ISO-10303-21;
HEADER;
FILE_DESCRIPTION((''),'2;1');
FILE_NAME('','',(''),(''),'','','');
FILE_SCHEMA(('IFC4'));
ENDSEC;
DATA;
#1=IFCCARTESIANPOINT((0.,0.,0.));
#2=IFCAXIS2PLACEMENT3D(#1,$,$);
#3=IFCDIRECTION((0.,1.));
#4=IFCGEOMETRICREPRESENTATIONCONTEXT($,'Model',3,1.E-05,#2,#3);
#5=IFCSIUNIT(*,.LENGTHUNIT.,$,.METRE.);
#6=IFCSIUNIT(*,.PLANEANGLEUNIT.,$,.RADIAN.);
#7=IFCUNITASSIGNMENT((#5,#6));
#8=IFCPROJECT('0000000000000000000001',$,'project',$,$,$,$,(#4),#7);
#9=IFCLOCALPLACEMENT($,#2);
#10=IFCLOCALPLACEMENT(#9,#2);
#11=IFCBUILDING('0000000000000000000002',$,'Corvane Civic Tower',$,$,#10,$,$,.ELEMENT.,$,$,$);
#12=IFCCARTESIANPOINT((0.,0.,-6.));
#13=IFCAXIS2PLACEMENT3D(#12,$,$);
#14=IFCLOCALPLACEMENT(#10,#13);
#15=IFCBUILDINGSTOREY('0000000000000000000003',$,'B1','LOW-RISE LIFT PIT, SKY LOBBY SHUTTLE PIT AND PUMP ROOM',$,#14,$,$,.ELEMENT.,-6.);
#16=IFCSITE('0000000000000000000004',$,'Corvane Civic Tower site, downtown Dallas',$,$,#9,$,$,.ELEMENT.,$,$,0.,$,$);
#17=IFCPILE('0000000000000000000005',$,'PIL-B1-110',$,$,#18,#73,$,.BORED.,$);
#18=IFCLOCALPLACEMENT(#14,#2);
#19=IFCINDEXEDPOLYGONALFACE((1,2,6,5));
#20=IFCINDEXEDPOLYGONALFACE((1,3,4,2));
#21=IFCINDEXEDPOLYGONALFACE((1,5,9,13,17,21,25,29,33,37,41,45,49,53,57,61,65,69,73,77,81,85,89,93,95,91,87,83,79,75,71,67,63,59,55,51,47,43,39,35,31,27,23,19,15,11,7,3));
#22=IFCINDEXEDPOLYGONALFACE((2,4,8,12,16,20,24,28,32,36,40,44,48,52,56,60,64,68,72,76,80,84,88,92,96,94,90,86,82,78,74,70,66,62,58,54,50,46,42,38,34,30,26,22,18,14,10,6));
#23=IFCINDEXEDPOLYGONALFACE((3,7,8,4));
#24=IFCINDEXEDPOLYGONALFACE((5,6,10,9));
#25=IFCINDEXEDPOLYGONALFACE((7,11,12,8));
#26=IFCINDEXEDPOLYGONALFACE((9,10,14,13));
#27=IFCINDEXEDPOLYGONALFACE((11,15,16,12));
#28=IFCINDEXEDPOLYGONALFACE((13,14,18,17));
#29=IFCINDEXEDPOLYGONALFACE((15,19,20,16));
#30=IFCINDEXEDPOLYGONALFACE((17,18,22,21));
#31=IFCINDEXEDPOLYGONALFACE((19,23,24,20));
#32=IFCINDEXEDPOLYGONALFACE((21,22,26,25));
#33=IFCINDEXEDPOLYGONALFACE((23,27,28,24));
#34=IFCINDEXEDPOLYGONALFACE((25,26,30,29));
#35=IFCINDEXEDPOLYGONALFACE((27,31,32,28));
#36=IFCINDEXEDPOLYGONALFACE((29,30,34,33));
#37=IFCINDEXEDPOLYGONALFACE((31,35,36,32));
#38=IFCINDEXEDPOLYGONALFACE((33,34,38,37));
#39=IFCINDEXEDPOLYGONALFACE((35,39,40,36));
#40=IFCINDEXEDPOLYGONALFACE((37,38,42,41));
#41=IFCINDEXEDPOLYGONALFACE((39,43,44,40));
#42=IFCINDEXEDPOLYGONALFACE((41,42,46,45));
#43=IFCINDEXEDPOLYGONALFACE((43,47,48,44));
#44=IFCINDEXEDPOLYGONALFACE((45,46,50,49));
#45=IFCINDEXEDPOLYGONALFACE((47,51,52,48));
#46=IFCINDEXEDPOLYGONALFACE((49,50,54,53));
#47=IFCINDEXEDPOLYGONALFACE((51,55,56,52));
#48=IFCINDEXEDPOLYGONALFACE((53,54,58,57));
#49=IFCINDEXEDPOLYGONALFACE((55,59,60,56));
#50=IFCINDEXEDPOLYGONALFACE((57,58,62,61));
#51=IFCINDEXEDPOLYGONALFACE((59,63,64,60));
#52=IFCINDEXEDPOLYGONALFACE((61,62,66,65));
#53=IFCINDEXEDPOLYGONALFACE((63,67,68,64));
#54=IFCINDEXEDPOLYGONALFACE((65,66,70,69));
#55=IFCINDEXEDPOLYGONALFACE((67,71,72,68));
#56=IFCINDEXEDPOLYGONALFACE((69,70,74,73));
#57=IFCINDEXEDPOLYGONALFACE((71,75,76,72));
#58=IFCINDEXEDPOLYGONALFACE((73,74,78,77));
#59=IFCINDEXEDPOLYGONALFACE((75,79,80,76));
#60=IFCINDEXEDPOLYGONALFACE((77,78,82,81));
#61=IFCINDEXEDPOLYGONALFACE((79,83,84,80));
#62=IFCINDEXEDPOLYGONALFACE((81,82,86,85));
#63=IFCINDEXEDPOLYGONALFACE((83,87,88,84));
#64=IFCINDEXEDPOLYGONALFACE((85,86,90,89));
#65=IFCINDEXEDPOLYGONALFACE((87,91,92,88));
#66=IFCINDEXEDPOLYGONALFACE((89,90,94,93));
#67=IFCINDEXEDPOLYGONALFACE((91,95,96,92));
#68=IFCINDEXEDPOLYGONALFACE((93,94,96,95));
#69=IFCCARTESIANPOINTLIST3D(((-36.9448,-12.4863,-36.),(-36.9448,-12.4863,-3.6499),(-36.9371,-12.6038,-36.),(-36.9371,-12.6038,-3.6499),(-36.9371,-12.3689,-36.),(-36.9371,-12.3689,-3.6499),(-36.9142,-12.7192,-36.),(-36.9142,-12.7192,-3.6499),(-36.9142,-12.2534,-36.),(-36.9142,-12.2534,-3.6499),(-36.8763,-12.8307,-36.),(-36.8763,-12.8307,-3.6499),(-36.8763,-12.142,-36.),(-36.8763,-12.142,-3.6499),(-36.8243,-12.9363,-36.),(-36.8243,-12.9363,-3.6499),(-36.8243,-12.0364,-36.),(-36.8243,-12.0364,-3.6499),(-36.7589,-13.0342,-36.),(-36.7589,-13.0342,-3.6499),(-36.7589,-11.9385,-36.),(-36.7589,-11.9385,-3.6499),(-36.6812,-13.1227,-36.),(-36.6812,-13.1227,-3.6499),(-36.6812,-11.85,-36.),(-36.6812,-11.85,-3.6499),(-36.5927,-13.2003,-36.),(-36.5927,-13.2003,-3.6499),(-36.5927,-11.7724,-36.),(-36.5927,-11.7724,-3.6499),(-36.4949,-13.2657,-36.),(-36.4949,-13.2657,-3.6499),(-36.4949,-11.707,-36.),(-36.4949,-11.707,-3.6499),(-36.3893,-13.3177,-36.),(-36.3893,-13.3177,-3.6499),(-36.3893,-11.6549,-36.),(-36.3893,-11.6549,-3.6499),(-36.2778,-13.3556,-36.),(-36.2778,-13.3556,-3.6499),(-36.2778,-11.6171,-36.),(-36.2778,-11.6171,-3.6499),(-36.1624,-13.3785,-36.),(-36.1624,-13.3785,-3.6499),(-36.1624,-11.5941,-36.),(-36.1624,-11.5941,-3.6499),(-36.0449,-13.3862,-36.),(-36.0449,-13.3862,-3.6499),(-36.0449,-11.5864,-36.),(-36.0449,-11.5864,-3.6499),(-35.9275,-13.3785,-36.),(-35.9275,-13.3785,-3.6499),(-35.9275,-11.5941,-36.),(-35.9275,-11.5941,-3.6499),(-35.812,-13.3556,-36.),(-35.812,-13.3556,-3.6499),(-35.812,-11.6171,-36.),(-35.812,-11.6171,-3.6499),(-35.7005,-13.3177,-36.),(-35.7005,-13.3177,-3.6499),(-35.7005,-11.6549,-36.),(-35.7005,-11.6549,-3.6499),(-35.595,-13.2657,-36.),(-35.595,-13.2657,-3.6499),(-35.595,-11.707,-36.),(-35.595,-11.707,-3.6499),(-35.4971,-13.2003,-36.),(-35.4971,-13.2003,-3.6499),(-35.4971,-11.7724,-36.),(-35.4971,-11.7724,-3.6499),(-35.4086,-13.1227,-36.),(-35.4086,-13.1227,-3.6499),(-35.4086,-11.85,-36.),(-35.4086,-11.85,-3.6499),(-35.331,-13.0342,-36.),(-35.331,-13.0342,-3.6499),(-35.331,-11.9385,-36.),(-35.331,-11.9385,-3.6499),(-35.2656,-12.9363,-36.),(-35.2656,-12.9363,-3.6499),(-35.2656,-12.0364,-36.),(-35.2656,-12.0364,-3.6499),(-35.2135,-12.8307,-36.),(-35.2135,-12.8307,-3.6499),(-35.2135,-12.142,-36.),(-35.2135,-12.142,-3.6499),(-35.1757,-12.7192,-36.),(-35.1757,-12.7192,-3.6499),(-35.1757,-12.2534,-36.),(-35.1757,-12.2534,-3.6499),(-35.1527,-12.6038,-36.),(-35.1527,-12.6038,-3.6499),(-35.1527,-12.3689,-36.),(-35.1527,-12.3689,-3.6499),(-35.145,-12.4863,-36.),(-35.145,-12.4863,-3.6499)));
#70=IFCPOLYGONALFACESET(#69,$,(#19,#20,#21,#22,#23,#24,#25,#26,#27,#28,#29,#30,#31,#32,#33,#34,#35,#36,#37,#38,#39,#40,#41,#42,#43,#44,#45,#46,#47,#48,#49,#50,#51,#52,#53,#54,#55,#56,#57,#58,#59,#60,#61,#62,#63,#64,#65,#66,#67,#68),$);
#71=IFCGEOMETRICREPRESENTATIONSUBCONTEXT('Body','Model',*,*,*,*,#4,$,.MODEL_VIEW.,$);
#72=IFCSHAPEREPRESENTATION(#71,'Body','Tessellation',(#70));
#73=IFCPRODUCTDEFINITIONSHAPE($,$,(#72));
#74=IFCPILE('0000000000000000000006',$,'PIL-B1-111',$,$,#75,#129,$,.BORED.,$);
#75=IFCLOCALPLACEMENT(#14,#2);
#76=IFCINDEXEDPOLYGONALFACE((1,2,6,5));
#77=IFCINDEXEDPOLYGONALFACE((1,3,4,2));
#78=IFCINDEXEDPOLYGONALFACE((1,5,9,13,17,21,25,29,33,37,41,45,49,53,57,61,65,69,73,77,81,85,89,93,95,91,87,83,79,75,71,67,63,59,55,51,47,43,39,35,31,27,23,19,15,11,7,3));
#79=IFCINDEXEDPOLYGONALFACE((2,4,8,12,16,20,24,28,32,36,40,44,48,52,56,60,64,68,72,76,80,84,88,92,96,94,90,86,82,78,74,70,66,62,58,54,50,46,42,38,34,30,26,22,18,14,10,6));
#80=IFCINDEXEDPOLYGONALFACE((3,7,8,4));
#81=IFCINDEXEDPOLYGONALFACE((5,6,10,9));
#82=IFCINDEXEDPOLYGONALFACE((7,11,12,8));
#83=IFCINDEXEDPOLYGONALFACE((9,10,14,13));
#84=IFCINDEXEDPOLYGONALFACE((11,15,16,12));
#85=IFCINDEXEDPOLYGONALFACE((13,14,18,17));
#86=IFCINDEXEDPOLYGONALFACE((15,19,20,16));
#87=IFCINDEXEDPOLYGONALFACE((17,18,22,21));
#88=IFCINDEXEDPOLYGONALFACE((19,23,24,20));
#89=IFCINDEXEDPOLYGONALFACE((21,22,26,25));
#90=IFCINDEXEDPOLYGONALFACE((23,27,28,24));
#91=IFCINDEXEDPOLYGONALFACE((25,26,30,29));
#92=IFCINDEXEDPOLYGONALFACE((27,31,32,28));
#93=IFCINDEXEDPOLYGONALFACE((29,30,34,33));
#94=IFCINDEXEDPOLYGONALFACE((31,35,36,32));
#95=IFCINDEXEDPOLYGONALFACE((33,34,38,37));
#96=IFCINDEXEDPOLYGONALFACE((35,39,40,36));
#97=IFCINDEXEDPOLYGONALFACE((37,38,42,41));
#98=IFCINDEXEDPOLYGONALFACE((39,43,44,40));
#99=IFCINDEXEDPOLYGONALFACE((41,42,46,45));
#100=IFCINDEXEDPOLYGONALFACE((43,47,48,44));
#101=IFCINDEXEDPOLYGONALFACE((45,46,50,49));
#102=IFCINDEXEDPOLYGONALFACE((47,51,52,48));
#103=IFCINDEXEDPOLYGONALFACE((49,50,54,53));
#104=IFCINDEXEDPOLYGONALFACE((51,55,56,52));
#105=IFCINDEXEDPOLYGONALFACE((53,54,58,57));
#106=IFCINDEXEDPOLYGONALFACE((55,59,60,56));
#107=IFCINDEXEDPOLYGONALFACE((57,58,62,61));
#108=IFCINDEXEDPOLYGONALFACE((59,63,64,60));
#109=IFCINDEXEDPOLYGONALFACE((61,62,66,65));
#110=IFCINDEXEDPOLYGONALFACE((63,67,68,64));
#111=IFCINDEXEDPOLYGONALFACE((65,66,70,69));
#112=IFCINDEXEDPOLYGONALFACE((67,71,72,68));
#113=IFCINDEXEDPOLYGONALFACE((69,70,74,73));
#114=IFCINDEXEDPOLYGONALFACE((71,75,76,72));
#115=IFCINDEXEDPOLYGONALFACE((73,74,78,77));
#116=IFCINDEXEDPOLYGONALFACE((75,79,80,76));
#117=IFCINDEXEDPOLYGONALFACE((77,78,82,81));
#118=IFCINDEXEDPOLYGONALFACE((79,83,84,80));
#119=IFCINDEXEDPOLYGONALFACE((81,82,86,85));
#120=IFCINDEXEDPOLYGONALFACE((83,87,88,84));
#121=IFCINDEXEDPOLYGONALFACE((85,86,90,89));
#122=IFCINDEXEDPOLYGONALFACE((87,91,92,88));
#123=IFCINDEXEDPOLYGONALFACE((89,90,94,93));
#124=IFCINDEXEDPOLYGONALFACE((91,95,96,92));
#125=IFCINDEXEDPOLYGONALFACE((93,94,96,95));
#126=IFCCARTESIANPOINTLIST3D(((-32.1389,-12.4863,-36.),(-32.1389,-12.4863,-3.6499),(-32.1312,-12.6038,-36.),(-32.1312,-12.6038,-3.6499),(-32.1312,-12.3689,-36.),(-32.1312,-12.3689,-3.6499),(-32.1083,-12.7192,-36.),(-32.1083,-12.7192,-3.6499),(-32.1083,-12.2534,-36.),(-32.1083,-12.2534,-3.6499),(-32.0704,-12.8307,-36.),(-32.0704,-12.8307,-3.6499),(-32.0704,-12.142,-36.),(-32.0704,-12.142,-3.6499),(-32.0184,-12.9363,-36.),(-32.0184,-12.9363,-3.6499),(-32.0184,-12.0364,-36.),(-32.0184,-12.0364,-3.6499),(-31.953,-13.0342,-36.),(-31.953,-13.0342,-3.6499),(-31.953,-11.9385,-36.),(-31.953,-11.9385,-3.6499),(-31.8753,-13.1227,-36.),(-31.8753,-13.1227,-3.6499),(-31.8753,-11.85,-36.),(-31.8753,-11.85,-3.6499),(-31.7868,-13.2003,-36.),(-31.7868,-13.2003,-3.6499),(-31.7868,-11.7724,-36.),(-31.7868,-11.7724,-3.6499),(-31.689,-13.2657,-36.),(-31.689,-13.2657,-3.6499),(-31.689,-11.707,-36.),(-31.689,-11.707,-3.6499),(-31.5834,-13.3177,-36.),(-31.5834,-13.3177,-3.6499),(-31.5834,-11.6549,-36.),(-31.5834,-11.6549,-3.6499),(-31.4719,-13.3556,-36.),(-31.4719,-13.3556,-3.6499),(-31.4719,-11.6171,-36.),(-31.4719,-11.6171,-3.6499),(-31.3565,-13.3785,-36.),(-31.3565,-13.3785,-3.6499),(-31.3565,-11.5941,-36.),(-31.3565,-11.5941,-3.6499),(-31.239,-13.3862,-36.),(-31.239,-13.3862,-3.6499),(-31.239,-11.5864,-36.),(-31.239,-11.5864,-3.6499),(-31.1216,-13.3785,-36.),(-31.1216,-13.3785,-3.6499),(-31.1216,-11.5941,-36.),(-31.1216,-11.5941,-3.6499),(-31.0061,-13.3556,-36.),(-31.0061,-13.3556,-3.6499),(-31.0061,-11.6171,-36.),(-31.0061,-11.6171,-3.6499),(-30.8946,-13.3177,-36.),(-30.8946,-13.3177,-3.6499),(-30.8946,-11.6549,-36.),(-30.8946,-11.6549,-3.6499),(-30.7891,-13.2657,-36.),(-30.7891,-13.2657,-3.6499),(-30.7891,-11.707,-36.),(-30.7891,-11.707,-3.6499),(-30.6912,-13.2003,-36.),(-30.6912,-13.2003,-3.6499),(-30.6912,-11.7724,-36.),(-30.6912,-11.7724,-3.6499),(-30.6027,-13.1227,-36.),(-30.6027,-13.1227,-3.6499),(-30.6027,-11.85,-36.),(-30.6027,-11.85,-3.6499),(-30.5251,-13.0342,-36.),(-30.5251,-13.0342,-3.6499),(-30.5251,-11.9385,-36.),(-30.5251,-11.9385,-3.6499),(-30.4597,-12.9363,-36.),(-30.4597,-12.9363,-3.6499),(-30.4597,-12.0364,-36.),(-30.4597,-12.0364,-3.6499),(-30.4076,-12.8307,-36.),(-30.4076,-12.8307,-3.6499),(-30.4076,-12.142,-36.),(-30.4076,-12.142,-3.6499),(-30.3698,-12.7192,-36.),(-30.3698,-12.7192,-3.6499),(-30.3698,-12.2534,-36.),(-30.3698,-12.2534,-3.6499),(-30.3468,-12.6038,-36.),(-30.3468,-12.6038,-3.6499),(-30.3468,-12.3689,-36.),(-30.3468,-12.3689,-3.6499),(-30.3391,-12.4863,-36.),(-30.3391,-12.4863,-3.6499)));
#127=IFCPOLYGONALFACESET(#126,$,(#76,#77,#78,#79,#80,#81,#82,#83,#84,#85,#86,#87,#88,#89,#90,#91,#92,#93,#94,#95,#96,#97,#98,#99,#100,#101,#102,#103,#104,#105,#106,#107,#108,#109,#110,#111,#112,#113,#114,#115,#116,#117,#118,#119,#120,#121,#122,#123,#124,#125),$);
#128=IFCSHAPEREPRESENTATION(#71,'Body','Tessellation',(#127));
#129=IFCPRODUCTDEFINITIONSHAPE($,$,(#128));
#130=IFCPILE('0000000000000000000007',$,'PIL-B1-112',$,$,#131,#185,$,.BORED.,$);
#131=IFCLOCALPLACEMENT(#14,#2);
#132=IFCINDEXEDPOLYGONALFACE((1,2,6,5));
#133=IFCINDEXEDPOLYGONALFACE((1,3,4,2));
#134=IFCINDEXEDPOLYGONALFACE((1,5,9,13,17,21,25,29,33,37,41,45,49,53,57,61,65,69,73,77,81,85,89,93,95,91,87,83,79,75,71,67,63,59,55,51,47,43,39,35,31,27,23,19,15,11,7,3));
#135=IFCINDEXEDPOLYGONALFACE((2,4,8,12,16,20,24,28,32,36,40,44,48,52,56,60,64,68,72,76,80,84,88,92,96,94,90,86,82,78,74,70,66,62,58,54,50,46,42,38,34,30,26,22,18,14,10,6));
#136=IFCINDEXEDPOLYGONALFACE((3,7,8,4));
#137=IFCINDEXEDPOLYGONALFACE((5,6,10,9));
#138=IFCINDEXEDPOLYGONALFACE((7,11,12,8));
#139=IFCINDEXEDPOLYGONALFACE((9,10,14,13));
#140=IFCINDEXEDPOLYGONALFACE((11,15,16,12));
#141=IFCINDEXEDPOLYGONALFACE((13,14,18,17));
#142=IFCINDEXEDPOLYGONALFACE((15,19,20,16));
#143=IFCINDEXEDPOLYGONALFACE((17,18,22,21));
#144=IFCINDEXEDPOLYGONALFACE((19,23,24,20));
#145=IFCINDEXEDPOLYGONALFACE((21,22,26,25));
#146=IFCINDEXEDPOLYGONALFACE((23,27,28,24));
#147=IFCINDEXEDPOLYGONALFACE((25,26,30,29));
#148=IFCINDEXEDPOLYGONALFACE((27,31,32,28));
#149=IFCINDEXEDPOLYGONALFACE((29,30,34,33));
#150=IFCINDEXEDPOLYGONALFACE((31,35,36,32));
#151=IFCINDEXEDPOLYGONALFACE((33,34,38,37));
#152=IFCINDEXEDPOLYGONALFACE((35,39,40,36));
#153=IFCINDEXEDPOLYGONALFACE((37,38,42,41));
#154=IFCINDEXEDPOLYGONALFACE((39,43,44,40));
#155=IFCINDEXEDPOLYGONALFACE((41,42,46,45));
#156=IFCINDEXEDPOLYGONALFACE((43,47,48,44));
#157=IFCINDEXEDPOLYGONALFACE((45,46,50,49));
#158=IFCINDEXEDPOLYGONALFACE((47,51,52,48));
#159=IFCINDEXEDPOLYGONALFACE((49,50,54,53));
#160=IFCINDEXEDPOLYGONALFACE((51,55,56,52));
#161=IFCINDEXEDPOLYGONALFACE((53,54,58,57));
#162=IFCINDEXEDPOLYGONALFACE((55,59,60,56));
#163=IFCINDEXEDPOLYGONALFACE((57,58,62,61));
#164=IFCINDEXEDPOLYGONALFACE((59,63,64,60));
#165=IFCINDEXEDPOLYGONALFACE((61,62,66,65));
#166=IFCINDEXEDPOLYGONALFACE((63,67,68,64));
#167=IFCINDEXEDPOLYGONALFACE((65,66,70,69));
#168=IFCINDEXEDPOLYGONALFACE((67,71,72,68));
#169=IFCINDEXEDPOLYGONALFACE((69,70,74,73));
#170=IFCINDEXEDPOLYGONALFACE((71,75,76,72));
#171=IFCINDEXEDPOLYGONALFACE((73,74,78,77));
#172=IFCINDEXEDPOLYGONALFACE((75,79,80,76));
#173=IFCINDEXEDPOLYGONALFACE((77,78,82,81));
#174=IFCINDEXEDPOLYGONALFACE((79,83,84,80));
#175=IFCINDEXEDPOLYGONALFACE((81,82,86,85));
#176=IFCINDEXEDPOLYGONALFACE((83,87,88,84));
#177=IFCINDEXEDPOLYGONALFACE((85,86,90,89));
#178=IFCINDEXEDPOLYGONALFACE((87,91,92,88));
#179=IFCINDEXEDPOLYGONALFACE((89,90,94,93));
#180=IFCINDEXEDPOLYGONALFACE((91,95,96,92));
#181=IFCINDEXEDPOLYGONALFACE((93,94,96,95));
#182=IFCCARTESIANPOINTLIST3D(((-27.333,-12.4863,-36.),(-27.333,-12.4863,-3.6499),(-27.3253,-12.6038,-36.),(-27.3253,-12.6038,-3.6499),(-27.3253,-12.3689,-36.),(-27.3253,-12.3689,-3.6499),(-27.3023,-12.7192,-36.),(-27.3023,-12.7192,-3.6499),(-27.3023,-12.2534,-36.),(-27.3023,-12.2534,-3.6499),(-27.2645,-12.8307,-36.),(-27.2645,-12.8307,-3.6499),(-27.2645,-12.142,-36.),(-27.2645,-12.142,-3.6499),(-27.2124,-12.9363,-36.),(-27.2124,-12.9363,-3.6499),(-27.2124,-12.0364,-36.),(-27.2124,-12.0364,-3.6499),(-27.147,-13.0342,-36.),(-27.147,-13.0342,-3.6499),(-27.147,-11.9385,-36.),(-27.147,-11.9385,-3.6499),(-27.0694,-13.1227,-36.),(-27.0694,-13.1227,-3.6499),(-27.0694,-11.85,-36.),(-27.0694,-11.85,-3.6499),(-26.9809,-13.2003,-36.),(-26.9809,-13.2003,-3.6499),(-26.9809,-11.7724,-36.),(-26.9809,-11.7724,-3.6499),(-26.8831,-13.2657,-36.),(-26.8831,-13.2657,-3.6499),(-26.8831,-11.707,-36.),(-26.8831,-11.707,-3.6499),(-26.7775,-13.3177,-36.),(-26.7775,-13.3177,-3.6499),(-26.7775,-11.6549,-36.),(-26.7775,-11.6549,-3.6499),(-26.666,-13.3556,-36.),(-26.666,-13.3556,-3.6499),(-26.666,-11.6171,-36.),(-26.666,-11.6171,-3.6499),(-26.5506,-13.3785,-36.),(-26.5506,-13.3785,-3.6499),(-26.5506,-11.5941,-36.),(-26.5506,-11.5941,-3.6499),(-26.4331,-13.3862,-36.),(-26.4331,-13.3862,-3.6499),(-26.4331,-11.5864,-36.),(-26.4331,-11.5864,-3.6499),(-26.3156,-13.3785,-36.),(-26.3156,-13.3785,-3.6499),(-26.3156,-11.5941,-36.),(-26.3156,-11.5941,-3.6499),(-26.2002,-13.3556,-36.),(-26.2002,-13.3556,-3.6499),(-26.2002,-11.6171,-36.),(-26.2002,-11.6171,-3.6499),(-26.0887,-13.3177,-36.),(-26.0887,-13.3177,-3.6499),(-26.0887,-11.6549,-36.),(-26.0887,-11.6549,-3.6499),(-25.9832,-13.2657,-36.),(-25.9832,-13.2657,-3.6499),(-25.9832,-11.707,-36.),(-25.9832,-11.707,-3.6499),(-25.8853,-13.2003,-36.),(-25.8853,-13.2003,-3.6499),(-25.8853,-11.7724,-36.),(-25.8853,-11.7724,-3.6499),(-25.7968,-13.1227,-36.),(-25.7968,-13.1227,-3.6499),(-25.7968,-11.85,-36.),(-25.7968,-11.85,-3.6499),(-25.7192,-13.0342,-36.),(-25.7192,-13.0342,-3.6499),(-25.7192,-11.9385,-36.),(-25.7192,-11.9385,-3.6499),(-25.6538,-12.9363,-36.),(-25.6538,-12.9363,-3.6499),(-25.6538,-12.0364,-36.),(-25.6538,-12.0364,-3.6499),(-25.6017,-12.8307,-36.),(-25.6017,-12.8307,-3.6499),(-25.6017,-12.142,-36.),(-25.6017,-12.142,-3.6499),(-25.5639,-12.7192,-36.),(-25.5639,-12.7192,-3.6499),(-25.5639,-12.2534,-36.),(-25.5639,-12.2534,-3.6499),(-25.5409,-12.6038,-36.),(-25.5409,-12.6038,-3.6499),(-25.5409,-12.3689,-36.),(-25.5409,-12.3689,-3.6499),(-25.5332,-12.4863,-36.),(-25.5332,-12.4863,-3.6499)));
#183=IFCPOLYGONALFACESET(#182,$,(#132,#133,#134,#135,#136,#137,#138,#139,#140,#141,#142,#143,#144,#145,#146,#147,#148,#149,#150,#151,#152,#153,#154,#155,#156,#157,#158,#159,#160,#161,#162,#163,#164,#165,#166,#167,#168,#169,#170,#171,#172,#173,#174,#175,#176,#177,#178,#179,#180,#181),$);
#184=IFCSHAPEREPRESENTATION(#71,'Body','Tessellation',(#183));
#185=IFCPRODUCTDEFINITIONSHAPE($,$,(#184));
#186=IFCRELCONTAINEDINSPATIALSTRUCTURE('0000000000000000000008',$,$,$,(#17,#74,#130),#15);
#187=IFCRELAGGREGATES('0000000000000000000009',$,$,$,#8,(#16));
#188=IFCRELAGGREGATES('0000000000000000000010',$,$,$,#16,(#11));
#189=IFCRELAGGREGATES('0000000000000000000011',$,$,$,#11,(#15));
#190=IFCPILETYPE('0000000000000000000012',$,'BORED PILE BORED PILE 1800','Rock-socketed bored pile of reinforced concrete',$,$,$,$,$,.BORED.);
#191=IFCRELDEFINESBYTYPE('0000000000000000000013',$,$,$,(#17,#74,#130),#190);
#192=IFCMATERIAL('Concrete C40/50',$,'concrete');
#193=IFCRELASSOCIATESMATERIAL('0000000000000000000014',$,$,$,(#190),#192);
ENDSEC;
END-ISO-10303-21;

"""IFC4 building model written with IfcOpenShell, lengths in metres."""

from ifc_helpers import new_model, si_unit, direction, frame, origin, origin_2d, place, context, subcontext, project, spatial, circle, extrude, material, material_profile, profile_set, type_object, element, save


model = new_model("IFC4")

# Units and contexts
model_context = context("Model", 3, precision=1e-05, world=origin(), true_north=direction((0.0, 1.0)))
body_context = subcontext(model_context, "Body", "Model", "MODEL_VIEW")
ifc_project = project(units=[si_unit("LENGTHUNIT", "METRE"), si_unit("PLANEANGLEUNIT", "RADIAN")], contexts=[model_context])

# Site, building, storey
site_placement = place(None, origin())
site = spatial("IfcSite", under=ifc_project, at=site_placement, Name="Corvane Civic Tower site, downtown Dallas", CompositionType="ELEMENT", RefElevation=0.0)
building_placement = place(site_placement, origin())
building = spatial("IfcBuilding", under=site, at=building_placement, Name="Corvane Civic Tower", CompositionType="ELEMENT")
storey_placement = place(building_placement, frame((0.0, 0.0, -6.0)))
storey = spatial("IfcBuildingStorey", under=building, at=storey_placement, Name="B1", Description="LOW-RISE LIFT PIT, SKY LOBBY SHUTTLE PIT AND PUMP ROOM", CompositionType="ELEMENT", Elevation=-6.0)

# Piles
ifc_material_1 = material(Name="Concrete C40/50", Category="concrete")
ifc_material_profile_1 = material_profile(ifc_material_1, circle(Radius=0.8999, at=origin_2d()), Name="BORED PILE 1800")
ifc_profile_set_1 = profile_set([ifc_material_profile_1], Name="Concrete C40/50")
pile_type = type_object("IfcPileType", Name="BORED PILE BORED PILE 1800", Description="Rock-socketed bored pile of reinforced concrete", PredefinedType="BORED", material=ifc_profile_set_1)
for number, where, z_axis, x_axis, name in (
    (1, (-36.0449, -12.4863, -3.6499), (0.0, 0.0, -1.0), (1.0, 0.0, 0.0), "PIL-B1-110"),
    (2, (-31.239, -12.4863, -3.6499), (0.0, 0.0, -1.0), (1.0, 0.0, 0.0), "PIL-B1-111"),
    (3, (-26.4331, -12.4863, -3.6499), (0.0, 0.0, -1.0), (1.0, 0.0, 0.0), "PIL-B1-112"),
):
    element("IfcPile", number, at=place(storey_placement, frame(where, z_axis=z_axis, x_axis=x_axis)), inside=storey, type_object=pile_type, Name=name, PredefinedType="BORED", context=body_context, shape_type="SweptSolid", body=[
        extrude(circle(Radius=0.8999, at=origin_2d()), origin(), (0.0, 0.0, 1.0), 32.3501),
    ])

save(model, "model.ifc")
